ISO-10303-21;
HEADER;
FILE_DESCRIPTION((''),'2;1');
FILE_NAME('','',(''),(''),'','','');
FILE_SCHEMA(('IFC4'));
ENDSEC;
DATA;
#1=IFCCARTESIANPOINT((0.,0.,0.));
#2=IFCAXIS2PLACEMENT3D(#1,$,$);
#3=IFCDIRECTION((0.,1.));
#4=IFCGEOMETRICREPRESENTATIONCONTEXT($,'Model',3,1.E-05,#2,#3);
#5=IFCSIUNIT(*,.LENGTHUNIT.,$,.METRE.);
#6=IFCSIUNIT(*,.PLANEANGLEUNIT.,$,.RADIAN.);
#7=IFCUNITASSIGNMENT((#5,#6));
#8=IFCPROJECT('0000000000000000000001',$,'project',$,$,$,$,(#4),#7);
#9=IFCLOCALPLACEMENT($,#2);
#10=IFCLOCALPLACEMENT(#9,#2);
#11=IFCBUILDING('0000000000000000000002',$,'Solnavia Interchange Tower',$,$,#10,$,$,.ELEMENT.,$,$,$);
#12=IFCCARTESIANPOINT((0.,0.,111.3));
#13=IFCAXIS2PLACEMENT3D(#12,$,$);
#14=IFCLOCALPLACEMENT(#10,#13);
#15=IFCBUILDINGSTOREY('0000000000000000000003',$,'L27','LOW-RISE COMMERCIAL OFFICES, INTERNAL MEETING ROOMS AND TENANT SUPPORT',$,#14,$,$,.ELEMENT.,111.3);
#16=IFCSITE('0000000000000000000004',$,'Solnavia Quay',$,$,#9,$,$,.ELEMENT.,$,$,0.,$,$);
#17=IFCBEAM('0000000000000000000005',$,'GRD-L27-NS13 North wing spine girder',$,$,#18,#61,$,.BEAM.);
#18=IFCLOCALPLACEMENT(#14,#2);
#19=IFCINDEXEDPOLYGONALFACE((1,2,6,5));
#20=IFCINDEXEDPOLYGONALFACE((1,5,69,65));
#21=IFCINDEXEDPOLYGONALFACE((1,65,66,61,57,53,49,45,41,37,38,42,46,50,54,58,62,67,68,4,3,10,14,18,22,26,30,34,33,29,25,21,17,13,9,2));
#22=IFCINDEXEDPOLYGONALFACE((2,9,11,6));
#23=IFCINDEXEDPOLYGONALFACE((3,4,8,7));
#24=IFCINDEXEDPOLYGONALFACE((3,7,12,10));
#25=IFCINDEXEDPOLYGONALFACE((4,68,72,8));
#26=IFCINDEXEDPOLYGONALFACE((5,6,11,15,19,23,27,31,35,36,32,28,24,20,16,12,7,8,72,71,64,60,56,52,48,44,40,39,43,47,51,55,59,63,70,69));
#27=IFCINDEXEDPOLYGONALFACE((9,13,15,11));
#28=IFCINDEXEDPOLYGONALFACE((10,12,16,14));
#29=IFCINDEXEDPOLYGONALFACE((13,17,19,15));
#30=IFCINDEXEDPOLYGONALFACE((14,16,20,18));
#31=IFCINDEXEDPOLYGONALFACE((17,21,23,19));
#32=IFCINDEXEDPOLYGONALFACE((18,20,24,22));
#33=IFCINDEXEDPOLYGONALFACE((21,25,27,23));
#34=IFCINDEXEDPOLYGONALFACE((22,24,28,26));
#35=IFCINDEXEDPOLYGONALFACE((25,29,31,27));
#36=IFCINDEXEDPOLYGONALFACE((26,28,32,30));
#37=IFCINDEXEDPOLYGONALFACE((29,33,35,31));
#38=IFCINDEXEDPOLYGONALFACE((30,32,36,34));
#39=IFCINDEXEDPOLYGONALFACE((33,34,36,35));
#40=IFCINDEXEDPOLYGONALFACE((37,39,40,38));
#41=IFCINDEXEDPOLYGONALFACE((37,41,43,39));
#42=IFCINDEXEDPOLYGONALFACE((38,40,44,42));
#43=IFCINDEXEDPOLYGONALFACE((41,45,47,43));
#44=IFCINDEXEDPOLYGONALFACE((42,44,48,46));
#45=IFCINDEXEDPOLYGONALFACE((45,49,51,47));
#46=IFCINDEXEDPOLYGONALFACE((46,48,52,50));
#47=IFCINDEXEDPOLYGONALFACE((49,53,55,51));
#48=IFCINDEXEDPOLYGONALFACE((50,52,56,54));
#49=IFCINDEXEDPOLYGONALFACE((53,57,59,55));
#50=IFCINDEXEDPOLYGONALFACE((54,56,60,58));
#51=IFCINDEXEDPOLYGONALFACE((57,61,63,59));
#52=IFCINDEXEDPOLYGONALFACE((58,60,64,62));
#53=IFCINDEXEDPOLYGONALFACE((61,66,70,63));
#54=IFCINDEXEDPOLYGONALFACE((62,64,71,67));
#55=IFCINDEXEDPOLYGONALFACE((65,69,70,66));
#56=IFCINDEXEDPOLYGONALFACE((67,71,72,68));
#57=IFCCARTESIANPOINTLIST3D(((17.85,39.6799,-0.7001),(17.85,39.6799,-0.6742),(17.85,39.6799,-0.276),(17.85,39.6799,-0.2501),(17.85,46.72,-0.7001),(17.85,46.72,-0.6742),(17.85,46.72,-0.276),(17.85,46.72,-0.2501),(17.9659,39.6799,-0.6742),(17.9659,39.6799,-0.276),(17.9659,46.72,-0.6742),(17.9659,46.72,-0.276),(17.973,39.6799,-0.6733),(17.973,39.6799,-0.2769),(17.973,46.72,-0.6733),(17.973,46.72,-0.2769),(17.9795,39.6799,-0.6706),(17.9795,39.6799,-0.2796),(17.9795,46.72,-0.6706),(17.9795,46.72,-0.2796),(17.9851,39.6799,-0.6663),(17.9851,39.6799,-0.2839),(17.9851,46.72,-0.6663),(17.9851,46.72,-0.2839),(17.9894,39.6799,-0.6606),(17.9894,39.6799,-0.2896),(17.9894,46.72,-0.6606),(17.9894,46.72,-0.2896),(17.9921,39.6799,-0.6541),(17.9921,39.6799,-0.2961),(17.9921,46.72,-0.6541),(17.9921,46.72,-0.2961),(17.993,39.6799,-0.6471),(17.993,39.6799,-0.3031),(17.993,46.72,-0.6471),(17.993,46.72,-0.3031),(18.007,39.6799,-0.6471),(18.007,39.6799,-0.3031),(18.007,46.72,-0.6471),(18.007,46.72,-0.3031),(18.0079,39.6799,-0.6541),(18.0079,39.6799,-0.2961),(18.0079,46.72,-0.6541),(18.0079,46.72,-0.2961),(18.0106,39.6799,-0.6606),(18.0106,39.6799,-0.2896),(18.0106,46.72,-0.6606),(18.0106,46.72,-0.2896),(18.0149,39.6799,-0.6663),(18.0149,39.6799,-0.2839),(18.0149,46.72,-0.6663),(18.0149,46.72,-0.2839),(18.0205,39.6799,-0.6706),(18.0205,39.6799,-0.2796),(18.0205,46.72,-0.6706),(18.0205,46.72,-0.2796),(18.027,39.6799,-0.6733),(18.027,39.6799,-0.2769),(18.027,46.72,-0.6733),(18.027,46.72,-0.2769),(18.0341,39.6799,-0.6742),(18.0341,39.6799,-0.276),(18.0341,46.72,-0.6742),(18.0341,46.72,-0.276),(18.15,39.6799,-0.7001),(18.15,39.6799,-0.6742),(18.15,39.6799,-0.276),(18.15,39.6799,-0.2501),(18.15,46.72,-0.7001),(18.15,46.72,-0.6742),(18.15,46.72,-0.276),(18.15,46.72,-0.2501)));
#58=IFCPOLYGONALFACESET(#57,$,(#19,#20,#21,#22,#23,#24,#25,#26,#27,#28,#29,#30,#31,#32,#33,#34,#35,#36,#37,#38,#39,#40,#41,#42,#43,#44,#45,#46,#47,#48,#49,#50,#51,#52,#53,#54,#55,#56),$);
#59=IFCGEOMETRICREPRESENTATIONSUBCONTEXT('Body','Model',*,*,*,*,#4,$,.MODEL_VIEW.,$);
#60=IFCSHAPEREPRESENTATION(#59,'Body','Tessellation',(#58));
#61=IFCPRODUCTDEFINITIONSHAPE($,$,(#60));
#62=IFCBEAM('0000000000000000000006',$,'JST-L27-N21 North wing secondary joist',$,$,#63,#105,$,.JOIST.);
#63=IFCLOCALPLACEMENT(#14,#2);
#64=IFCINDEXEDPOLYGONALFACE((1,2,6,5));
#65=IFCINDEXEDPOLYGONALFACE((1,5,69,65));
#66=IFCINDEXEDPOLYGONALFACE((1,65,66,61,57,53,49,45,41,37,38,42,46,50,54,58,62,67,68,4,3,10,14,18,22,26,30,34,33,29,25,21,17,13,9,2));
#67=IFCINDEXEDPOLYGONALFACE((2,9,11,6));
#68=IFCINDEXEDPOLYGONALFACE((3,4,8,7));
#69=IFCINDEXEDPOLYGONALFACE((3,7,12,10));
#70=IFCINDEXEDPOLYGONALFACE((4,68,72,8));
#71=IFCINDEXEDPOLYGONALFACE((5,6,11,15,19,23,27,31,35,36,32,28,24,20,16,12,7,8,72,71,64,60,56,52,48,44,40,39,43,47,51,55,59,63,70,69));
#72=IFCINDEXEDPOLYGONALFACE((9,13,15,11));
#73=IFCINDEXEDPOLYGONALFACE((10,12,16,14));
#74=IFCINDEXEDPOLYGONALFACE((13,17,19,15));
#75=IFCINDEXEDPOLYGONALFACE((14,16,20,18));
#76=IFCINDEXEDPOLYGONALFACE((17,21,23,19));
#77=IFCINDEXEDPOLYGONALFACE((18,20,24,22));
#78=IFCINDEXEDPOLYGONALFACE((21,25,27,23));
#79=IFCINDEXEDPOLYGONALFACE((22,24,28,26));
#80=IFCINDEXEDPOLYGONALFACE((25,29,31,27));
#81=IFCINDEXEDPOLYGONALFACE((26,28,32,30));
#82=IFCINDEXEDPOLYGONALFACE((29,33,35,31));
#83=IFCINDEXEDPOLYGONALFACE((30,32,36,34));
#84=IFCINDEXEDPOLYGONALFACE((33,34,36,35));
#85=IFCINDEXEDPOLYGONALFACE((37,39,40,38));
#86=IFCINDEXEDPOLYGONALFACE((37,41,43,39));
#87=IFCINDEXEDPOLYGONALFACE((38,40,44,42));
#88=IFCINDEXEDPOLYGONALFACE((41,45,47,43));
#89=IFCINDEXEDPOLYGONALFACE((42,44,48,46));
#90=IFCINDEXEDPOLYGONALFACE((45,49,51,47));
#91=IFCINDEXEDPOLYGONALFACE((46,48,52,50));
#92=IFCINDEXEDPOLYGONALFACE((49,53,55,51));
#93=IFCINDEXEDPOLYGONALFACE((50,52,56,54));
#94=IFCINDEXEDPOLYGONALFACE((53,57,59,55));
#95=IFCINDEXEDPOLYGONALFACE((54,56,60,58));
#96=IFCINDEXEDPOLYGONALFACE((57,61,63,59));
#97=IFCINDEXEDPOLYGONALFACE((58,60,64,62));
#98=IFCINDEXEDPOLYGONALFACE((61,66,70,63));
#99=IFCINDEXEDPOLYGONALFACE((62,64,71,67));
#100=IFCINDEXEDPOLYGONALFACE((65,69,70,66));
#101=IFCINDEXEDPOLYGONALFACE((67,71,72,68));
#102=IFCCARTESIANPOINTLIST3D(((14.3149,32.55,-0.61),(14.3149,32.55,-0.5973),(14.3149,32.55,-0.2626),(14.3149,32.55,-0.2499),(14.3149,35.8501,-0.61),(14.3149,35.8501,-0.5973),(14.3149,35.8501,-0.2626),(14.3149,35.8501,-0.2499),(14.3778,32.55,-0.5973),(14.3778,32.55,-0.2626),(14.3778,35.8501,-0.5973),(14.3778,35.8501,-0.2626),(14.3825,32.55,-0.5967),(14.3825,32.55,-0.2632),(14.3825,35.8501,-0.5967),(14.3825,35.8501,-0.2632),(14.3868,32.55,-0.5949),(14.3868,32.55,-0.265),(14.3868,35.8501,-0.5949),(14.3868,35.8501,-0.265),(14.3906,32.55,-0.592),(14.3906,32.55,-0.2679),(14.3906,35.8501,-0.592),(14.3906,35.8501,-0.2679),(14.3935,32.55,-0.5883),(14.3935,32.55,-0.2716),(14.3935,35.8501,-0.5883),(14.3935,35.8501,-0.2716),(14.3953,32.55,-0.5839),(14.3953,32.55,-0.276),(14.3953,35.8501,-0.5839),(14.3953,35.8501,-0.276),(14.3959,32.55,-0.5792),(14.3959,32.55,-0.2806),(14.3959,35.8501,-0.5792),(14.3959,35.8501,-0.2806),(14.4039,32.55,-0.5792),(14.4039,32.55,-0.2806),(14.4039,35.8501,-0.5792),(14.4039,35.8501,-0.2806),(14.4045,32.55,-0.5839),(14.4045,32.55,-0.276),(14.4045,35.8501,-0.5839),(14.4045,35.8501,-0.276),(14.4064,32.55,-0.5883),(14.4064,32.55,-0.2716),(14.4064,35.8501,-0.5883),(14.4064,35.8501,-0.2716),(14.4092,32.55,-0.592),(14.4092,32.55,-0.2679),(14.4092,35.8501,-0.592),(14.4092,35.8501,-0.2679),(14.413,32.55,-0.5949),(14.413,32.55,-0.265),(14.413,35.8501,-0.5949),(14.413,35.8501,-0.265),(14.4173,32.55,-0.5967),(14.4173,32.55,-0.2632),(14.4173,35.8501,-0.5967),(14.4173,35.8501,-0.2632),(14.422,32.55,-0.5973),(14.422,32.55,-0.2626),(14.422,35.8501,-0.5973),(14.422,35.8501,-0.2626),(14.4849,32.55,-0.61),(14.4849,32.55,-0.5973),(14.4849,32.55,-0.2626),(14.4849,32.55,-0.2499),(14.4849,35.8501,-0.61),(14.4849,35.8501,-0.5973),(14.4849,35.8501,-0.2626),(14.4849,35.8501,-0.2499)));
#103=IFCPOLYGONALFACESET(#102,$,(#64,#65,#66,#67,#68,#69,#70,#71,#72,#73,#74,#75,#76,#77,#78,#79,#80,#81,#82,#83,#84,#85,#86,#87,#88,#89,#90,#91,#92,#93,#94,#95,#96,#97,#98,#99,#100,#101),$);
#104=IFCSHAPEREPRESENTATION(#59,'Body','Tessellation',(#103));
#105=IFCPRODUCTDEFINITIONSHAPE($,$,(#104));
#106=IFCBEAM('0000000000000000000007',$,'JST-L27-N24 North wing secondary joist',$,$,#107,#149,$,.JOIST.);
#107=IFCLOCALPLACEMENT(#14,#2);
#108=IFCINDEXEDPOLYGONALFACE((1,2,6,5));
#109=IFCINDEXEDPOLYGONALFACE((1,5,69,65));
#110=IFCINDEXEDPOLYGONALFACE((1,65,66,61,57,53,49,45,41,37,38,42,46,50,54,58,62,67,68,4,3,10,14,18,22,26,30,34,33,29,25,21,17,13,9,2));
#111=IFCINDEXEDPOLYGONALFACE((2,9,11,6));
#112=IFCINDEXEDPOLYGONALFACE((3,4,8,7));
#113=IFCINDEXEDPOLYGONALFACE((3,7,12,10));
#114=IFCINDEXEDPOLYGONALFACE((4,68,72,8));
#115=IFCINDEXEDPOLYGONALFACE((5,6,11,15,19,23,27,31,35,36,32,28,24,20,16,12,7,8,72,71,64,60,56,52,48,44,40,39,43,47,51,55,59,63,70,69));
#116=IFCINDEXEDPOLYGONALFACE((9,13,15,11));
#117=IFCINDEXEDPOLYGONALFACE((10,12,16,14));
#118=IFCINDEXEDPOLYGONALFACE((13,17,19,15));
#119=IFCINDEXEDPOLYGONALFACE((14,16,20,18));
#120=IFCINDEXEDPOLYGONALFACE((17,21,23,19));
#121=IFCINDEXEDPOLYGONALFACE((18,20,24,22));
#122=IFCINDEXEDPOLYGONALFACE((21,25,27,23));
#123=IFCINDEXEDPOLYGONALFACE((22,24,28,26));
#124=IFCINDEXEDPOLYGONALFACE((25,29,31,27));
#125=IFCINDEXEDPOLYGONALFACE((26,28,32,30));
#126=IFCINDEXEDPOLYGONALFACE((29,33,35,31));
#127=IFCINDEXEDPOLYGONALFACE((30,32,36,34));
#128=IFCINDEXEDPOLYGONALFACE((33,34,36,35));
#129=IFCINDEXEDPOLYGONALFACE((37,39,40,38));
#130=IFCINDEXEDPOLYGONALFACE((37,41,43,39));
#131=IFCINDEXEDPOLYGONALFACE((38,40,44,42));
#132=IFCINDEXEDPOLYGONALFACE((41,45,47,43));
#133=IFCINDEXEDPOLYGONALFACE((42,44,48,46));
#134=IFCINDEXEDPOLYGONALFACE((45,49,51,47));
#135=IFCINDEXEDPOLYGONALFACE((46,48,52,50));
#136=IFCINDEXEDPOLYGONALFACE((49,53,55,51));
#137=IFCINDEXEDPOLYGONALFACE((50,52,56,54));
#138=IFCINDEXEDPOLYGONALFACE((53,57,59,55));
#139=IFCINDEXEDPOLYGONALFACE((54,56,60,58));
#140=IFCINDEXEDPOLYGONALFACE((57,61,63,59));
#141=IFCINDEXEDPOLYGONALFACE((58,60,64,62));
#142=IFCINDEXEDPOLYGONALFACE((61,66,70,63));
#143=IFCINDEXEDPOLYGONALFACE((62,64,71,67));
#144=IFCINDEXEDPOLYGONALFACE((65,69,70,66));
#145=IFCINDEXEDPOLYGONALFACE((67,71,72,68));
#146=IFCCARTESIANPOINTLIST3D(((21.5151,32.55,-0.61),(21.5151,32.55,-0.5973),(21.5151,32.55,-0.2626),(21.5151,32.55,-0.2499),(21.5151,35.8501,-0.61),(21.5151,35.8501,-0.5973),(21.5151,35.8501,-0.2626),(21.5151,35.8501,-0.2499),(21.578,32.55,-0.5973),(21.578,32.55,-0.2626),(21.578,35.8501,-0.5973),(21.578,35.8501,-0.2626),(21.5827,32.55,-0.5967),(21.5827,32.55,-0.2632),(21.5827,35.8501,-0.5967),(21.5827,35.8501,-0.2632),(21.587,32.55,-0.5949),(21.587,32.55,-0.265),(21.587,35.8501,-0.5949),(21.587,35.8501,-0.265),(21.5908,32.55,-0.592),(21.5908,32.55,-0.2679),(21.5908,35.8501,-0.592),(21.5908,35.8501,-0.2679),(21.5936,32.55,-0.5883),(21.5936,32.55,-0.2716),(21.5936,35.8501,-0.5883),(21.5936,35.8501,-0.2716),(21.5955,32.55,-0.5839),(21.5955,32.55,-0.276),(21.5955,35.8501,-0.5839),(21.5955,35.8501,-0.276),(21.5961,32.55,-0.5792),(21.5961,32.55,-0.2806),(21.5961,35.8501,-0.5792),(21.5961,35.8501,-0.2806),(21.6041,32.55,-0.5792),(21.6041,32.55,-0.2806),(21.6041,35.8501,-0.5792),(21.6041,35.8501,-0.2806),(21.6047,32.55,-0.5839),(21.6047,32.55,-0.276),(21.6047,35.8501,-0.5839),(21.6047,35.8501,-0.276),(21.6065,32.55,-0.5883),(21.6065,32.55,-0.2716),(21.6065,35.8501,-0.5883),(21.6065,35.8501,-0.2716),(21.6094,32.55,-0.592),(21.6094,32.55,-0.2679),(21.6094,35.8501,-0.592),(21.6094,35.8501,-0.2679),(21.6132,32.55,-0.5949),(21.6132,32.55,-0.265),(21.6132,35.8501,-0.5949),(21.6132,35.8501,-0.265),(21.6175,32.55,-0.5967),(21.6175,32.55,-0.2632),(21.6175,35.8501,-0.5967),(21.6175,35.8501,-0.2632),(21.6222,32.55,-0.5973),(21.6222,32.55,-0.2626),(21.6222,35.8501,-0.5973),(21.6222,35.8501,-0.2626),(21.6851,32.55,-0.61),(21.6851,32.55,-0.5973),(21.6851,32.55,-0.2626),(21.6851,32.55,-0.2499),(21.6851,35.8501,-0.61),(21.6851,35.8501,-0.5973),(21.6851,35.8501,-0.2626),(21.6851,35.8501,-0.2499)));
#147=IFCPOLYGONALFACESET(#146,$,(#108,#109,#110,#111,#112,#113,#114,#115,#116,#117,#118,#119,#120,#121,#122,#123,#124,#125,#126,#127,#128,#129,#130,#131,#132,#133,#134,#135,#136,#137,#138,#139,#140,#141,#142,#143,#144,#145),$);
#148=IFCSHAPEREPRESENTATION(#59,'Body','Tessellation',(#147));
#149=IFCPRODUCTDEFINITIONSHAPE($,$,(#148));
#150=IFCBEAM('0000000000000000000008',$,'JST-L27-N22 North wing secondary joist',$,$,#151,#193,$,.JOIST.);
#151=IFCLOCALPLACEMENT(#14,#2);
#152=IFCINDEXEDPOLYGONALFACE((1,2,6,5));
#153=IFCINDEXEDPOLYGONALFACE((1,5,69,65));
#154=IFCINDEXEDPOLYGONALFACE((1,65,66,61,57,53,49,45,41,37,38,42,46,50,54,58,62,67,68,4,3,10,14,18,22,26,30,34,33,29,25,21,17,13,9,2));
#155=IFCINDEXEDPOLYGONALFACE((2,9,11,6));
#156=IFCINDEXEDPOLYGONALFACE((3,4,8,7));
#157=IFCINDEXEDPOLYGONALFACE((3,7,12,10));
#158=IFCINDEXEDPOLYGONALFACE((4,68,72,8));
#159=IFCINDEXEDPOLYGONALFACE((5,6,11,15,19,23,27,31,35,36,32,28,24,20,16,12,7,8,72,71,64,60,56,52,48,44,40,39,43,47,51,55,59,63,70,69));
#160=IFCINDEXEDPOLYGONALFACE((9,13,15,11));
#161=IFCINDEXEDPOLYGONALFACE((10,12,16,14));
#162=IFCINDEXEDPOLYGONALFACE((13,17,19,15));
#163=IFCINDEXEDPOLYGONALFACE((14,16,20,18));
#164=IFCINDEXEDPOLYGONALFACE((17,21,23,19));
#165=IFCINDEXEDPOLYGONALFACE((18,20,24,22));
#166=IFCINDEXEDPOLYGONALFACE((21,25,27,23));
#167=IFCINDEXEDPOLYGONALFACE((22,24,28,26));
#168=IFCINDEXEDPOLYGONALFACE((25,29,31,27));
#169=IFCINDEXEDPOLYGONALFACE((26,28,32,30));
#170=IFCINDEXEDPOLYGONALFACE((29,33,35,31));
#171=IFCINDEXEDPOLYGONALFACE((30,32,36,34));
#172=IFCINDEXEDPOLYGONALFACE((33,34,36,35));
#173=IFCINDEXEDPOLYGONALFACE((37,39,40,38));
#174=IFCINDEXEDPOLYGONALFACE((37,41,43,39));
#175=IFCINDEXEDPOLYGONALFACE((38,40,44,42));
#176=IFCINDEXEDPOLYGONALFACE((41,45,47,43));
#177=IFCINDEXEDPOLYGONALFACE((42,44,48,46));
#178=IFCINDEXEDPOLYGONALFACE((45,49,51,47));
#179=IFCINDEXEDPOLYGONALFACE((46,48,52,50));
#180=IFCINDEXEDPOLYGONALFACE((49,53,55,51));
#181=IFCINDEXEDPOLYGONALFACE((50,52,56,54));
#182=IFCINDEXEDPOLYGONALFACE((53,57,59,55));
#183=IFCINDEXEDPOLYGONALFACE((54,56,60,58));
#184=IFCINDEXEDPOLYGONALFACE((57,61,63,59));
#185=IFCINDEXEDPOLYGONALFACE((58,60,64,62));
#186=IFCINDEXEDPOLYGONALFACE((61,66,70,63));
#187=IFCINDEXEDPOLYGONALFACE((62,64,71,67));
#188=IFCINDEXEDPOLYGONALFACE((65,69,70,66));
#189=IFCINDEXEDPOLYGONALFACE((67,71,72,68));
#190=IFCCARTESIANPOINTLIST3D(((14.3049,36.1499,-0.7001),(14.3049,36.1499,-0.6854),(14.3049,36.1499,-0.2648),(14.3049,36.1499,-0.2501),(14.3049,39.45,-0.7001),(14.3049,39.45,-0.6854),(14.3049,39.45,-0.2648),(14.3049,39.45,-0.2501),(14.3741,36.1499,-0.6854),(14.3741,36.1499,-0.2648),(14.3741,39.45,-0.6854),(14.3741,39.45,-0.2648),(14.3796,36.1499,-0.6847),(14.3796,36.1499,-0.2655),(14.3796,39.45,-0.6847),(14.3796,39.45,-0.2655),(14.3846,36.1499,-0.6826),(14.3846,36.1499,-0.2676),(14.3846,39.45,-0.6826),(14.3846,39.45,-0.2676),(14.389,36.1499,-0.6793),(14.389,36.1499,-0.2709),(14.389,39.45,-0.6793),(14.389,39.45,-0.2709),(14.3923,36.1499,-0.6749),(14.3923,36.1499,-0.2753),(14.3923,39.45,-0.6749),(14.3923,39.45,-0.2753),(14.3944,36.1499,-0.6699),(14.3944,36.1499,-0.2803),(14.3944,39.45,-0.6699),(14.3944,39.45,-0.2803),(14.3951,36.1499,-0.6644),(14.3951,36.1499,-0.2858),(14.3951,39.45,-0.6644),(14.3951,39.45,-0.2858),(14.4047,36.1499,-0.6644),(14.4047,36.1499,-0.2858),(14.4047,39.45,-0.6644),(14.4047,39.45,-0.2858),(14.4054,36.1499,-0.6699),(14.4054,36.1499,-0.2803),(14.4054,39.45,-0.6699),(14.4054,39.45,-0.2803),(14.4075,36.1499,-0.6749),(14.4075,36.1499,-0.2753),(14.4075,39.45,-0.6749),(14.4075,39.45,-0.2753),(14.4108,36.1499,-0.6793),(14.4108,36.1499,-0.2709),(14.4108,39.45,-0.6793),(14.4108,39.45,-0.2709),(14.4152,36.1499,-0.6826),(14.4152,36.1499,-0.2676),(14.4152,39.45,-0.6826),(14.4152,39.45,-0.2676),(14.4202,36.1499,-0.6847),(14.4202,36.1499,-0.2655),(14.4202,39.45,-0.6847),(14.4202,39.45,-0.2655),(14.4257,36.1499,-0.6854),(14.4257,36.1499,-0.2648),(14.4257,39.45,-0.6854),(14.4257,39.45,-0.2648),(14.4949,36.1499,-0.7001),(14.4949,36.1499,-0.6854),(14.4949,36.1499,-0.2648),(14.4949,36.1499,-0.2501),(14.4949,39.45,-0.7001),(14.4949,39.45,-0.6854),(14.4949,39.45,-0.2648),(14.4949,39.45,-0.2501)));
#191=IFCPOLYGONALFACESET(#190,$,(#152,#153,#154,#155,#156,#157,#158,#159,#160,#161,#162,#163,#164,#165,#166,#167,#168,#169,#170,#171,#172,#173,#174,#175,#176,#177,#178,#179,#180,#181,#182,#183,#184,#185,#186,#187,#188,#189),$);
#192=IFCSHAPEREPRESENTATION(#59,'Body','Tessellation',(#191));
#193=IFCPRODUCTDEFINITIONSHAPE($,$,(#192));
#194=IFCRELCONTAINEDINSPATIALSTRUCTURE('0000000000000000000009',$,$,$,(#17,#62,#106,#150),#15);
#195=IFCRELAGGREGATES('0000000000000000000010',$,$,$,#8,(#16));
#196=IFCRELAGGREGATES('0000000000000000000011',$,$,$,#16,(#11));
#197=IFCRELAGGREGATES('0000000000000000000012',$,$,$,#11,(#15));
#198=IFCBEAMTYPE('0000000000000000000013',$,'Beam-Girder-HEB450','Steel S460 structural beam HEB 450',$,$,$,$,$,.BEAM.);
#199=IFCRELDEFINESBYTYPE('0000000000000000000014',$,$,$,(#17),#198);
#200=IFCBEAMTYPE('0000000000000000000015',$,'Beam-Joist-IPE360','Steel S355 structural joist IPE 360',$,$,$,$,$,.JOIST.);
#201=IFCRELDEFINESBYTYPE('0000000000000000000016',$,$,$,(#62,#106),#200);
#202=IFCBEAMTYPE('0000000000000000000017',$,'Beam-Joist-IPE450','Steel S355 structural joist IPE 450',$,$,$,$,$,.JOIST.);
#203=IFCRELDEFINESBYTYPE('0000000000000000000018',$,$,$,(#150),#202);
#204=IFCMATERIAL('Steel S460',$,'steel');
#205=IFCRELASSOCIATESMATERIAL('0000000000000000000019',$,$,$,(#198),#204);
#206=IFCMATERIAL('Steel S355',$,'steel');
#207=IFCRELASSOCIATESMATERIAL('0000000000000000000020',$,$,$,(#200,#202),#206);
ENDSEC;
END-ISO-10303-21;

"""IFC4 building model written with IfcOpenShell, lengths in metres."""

from ifc_helpers import new_model, si_unit, direction, frame, origin, origin_2d, place, context, subcontext, project, spatial, i_section, extrude, material, material_profile, profile_set, type_object, element, save


model = new_model("IFC4")

# Units and contexts
model_context = context("Model", 3, precision=1e-05, world=origin(), true_north=direction((0.0, 1.0)))
body_context = subcontext(model_context, "Body", "Model", "MODEL_VIEW")
ifc_project = project(units=[si_unit("LENGTHUNIT", "METRE"), si_unit("PLANEANGLEUNIT", "RADIAN")], contexts=[model_context])

# Site, building, storey
site_placement = place(None, origin())
site = spatial("IfcSite", under=ifc_project, at=site_placement, Name="Solnavia Quay", CompositionType="ELEMENT", RefElevation=0.0)
building_placement = place(site_placement, origin())
building = spatial("IfcBuilding", under=site, at=building_placement, Name="Solnavia Interchange Tower", CompositionType="ELEMENT")
storey_placement = place(building_placement, frame((0.0, 0.0, 111.3)))
storey = spatial("IfcBuildingStorey", under=building, at=storey_placement, Name="L27", Description="LOW-RISE COMMERCIAL OFFICES, INTERNAL MEETING ROOMS AND TENANT SUPPORT", CompositionType="ELEMENT", Elevation=111.3)

# Shared definitions
ifc_material_1 = material(Name="Steel S355", Category="steel")

# Beams
ifc_material_2 = material(Name="Steel S460", Category="steel")
ifc_material_profile_1 = material_profile(ifc_material_2, i_section(OverallWidth=0.3, OverallDepth=0.45, WebThickness=0.0139, FlangeThickness=0.0259, FilletRadius=0.0271, at=origin_2d()), Name="HEB 450")
ifc_profile_set_1 = profile_set([ifc_material_profile_1], Name="Steel S460")
beam_type_1 = type_object("IfcBeamType", Name="Beam-Girder-HEB450", Description="Steel S460 structural beam HEB 450", PredefinedType="BEAM", material=ifc_profile_set_1)
for number, where, z_axis, x_axis, name in (
    (1, (18.0, 39.6799, -0.4751), (0.0, 1.0, 0.0), (-1.0, 0.0, 0.0), "GRD-L27-NS13 North wing spine girder"),
):
    element("IfcBeam", number, at=place(storey_placement, frame(where, z_axis=z_axis, x_axis=x_axis)), inside=storey, type_object=beam_type_1, Name=name, PredefinedType="BEAM", context=body_context, shape_type="SweptSolid", body=[
        extrude(i_section(OverallWidth=0.3, OverallDepth=0.45, WebThickness=0.0139, FlangeThickness=0.0259, FilletRadius=0.0271, at=origin_2d()), origin(), (0.0, 0.0, 1.0), 7.04),
    ])
ifc_material_profile_2 = material_profile(ifc_material_1, i_section(OverallWidth=0.1699, OverallDepth=0.3601, WebThickness=0.0081, FlangeThickness=0.0127, FilletRadius=0.0181, at=origin_2d()), Name="IPE 360")
ifc_profile_set_2 = profile_set([ifc_material_profile_2], Name="Steel S355")
beam_type_2 = type_object("IfcBeamType", Name="Beam-Joist-IPE360", Description="Steel S355 structural joist IPE 360", PredefinedType="JOIST", material=ifc_profile_set_2)
for number, where, z_axis, x_axis, name in (
    (2, (14.3999, 32.55, -0.4299), (0.0, 1.0, 0.0), (-1.0, 0.0, 0.0), "JST-L27-N21 North wing secondary joist"),
    (3, (21.6001, 32.55, -0.4299), (0.0, 1.0, 0.0), (-1.0, 0.0, 0.0), "JST-L27-N24 North wing secondary joist"),
):
    element("IfcBeam", number, at=place(storey_placement, frame(where, z_axis=z_axis, x_axis=x_axis)), inside=storey, type_object=beam_type_2, Name=name, PredefinedType="JOIST", context=body_context, shape_type="SweptSolid", body=[
        extrude(i_section(OverallWidth=0.1699, OverallDepth=0.3601, WebThickness=0.0081, FlangeThickness=0.0127, FilletRadius=0.0181, at=origin_2d()), origin(), (0.0, 0.0, 1.0), 3.3),
    ])
ifc_material_profile_3 = material_profile(ifc_material_1, i_section(OverallWidth=0.1899, OverallDepth=0.45, WebThickness=0.0095, FlangeThickness=0.0146, FilletRadius=0.021, at=origin_2d()), Name="IPE 450")
ifc_profile_set_3 = profile_set([ifc_material_profile_3], Name="Steel S355")
beam_type_3 = type_object("IfcBeamType", Name="Beam-Joist-IPE450", Description="Steel S355 structural joist IPE 450", PredefinedType="JOIST", material=ifc_profile_set_3)
for number, where, z_axis, x_axis, name in (
    (4, (14.3999, 36.1499, -0.4751), (0.0, 1.0, 0.0), (-1.0, 0.0, 0.0), "JST-L27-N22 North wing secondary joist"),
):
    element("IfcBeam", number, at=place(storey_placement, frame(where, z_axis=z_axis, x_axis=x_axis)), inside=storey, type_object=beam_type_3, Name=name, PredefinedType="JOIST", context=body_context, shape_type="SweptSolid", body=[
        extrude(i_section(OverallWidth=0.1899, OverallDepth=0.45, WebThickness=0.0095, FlangeThickness=0.0146, FilletRadius=0.021, at=origin_2d()), origin(), (0.0, 0.0, 1.0), 3.3),
    ])

save(model, "model.ifc")
